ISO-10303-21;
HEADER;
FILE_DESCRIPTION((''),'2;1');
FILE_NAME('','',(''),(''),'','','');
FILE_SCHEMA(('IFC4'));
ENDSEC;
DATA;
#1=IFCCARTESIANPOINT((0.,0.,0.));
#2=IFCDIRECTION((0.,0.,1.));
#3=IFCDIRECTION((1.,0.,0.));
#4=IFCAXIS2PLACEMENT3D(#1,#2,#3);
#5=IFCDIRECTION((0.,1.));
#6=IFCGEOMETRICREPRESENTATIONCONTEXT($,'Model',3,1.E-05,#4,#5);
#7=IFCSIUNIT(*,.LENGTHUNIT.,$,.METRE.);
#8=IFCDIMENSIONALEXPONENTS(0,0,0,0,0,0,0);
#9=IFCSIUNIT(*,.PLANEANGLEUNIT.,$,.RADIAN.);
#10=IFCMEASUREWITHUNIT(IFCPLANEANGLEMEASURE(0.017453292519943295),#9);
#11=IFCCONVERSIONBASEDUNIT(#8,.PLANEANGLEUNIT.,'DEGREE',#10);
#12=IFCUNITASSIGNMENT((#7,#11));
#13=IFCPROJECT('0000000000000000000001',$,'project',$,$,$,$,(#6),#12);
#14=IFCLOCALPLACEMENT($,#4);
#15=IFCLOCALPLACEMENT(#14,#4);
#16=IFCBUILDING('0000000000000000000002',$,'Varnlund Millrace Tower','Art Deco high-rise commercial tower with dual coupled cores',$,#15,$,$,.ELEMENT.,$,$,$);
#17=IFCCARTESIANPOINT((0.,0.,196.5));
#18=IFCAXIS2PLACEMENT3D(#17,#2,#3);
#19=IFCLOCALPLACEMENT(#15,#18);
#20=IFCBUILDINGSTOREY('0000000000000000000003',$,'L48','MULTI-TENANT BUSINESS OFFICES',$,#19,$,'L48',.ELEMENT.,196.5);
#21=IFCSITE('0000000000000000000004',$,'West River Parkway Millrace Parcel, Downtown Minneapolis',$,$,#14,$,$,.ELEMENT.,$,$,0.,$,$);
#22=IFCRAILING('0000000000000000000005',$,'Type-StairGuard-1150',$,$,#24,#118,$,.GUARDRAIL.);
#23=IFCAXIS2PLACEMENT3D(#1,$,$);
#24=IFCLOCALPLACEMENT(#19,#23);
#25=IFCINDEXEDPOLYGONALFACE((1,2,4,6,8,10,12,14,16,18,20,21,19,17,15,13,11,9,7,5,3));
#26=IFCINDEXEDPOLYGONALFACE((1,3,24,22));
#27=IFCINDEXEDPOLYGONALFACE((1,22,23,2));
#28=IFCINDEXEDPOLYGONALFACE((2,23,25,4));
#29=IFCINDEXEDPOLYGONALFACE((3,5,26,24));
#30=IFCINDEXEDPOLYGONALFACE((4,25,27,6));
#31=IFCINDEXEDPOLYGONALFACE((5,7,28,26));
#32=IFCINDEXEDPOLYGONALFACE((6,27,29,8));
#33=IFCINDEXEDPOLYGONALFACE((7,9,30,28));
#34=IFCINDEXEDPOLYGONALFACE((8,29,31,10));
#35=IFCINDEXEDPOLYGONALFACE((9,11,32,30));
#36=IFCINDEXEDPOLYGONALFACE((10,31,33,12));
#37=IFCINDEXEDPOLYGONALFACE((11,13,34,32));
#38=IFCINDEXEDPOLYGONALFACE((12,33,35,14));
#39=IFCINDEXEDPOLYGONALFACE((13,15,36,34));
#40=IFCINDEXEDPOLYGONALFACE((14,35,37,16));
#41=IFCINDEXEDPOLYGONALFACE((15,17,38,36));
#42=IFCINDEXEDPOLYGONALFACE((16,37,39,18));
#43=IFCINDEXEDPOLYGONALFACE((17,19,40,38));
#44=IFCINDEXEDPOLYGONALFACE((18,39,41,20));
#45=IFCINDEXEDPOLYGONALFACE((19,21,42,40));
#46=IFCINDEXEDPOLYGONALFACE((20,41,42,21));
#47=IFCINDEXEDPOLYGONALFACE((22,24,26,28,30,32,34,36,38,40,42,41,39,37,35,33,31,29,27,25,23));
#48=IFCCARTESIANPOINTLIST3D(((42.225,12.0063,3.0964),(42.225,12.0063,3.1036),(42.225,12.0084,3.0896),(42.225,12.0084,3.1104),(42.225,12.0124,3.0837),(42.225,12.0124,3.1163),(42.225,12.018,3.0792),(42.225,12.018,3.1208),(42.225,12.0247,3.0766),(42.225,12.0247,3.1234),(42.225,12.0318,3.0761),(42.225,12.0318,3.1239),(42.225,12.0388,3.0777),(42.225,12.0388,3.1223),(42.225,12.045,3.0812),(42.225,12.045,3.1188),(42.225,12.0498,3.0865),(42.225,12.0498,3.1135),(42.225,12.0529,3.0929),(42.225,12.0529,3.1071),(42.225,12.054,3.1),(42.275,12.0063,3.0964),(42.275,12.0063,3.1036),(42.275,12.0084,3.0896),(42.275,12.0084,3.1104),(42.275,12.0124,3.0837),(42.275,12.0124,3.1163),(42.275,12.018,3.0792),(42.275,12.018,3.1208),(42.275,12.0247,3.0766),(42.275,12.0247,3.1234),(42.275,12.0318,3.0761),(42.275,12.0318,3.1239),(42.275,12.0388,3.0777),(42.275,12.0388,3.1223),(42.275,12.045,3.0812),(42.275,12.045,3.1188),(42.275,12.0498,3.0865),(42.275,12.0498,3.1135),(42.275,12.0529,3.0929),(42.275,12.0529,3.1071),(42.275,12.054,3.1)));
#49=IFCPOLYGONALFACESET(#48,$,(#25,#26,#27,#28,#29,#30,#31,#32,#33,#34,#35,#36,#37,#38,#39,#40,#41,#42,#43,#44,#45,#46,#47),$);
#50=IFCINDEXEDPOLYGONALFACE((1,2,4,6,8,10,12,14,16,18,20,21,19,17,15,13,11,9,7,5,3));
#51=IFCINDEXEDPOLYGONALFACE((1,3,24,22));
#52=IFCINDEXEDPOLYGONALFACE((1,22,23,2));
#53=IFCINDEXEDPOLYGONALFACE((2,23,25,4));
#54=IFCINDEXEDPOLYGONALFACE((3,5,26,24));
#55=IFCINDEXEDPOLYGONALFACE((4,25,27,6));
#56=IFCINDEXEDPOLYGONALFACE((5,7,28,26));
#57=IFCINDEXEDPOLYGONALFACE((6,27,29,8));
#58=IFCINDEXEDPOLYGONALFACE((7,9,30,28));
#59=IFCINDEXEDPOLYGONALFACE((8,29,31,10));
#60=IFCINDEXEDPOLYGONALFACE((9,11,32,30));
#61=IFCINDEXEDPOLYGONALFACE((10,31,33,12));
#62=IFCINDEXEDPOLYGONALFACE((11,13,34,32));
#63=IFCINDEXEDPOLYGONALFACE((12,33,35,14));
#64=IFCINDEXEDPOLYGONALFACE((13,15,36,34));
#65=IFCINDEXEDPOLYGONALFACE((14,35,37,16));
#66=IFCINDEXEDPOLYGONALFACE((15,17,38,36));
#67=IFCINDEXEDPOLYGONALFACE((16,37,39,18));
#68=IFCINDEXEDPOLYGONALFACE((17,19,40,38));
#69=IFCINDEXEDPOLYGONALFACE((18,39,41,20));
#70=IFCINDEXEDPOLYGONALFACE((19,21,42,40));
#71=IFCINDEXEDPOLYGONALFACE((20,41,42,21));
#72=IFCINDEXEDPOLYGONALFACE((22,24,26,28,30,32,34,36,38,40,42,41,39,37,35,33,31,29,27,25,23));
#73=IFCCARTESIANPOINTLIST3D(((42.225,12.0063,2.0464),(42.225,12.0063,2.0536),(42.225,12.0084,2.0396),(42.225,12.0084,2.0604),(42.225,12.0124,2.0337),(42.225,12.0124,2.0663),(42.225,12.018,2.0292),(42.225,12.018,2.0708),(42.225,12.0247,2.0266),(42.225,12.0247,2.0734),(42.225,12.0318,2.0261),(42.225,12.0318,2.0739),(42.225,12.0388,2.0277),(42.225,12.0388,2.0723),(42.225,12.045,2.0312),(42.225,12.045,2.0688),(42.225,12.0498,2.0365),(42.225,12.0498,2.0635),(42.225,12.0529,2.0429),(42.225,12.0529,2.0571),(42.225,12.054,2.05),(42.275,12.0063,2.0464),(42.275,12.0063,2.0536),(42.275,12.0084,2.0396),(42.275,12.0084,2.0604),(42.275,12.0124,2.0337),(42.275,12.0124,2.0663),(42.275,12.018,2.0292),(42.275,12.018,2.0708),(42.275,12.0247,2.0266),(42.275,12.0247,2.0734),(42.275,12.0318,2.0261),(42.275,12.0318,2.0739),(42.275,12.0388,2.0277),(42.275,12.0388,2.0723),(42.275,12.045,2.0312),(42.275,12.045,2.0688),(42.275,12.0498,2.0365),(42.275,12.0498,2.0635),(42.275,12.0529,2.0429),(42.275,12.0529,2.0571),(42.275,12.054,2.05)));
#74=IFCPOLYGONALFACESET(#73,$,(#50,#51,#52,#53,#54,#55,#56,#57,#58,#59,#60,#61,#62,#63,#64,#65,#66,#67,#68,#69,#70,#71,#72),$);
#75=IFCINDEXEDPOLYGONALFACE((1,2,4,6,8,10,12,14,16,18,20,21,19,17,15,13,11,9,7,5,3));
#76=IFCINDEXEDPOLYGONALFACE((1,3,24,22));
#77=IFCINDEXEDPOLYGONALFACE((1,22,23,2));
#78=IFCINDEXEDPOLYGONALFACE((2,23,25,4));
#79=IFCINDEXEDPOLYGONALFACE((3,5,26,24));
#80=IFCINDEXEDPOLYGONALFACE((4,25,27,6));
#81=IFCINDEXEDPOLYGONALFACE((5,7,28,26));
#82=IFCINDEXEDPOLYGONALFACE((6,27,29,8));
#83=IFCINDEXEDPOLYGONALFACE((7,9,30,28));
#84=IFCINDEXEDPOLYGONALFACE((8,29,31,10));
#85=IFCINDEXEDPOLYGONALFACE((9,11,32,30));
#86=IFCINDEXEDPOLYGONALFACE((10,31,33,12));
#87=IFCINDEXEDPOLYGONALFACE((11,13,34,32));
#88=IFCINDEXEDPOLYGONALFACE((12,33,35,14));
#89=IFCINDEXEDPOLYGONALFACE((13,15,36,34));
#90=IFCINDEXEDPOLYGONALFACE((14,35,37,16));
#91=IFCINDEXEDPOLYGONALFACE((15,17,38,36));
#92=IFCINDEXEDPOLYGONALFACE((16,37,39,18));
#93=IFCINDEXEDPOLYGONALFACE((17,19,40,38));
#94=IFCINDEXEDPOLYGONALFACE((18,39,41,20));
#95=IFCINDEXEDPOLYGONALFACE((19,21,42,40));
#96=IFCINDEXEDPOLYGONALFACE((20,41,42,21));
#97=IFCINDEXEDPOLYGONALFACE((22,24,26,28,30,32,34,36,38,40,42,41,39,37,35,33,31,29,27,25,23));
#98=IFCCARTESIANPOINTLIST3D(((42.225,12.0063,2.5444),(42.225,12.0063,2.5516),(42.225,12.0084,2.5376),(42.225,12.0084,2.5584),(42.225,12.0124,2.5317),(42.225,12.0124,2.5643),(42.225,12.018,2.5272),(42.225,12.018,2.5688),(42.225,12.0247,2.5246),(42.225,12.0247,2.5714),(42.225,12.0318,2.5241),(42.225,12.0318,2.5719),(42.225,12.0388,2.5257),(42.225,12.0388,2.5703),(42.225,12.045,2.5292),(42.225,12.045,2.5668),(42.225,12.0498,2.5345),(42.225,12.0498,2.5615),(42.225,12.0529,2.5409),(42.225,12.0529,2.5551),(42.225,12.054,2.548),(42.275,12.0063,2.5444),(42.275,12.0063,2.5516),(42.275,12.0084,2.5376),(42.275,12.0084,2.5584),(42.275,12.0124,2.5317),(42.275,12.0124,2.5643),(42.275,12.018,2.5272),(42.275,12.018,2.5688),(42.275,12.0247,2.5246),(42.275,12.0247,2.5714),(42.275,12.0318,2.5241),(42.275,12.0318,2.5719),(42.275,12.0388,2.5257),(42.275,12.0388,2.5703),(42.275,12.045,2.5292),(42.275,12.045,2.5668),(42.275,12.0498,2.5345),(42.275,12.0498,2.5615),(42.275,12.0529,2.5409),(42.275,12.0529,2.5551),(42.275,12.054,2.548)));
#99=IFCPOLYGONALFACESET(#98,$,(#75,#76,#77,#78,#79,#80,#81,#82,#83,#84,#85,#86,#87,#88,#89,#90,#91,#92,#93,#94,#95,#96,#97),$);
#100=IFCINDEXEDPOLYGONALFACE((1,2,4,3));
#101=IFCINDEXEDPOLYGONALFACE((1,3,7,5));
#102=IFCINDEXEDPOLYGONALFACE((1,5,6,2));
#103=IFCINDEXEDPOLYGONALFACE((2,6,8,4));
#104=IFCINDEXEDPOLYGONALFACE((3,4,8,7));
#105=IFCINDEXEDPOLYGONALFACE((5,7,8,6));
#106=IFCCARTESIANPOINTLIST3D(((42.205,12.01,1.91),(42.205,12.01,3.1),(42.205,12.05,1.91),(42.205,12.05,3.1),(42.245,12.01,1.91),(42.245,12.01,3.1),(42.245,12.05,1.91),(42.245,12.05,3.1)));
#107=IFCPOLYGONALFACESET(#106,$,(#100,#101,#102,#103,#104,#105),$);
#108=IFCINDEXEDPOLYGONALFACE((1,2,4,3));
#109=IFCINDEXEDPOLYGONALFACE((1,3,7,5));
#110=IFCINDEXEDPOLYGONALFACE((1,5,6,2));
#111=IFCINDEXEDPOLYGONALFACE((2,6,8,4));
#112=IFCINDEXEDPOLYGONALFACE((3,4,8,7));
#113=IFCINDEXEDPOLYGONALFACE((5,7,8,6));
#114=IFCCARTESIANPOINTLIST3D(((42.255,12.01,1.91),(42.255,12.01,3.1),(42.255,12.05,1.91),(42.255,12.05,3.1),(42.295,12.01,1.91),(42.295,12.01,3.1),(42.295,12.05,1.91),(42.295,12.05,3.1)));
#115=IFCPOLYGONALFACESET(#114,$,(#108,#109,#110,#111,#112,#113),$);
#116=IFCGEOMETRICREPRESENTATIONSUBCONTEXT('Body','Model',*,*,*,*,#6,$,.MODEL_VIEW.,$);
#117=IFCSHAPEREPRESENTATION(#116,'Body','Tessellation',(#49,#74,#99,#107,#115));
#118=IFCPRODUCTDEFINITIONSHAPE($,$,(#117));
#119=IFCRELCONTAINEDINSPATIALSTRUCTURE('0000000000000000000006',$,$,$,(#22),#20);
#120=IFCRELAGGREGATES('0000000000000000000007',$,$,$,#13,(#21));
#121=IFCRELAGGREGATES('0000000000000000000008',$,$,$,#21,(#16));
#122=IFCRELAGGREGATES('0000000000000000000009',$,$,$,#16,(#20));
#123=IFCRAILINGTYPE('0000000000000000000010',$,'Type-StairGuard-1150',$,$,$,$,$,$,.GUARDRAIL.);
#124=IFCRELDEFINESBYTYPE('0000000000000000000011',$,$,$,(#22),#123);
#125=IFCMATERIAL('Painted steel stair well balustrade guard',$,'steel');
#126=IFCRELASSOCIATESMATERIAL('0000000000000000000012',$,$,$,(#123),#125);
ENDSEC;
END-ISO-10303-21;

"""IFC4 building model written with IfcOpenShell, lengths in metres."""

from ifc_helpers import new_model, entity, si_unit, converted_unit, direction, frame, origin_with_axes, origin_2d_with_axis, place, context, subcontext, project, spatial, rectangle, circle, extrude, material, type_object, element, save


model = new_model("IFC4")

# Units and contexts
model_context = context("Model", 3, precision=1e-05, world=origin_with_axes(), true_north=direction((0.0, 1.0)))
body_context = subcontext(model_context, "Body", "Model", "MODEL_VIEW")
ifc_project = project(units=[si_unit("LENGTHUNIT", "METRE"), converted_unit("PLANEANGLEUNIT", "DEGREE", entity("IfcPlaneAngleMeasure", 0.017453292519943295), si_unit("PLANEANGLEUNIT", "RADIAN"), dimensions=[0, 0, 0, 0, 0, 0, 0])], contexts=[model_context])

# Site, building, storey
site_placement = place(None, origin_with_axes())
site = spatial("IfcSite", under=ifc_project, at=site_placement, Name="West River Parkway Millrace Parcel, Downtown Minneapolis", CompositionType="ELEMENT", RefElevation=0.0)
building_placement = place(site_placement, origin_with_axes())
building = spatial("IfcBuilding", under=site, at=building_placement, Name="Varnlund Millrace Tower", Description="Art Deco high-rise commercial tower with dual coupled cores", CompositionType="ELEMENT")
storey_placement = place(building_placement, frame((0.0, 0.0, 196.5), z_axis=(0.0, 0.0, 1.0), x_axis=(1.0, 0.0, 0.0)))
storey = spatial("IfcBuildingStorey", under=building, at=storey_placement, Name="L48", Description="MULTI-TENANT BUSINESS OFFICES", LongName="L48", CompositionType="ELEMENT", Elevation=196.5)

# Railing
ifc_material_1 = material(Name="Painted steel stair well balustrade guard", Category="steel")
railing_type_1 = type_object("IfcRailingType", Name="Type-StairGuard-1150", PredefinedType="GUARDRAIL", material=ifc_material_1)
railing_1_placement = place(storey_placement, frame((0.0, 0.0, -196.5), z_axis=(0.0, 0.0, 1.0), x_axis=(1.0, 0.0, 0.0)))
element("IfcRailing", 1, at=railing_1_placement, inside=storey, type_object=railing_type_1, Name="Type-StairGuard-1150", PredefinedType="GUARDRAIL", context=body_context, shape_type="SweptSolid", body=[
    extrude(circle(Radius=0.024, at=origin_2d_with_axis()), frame((42.225, 12.03, 199.6), z_axis=(1.0, 0.0, 0.0), x_axis=(0.0, 1.0, 0.0)), (0.0, 0.0, 1.0), 0.05),
    extrude(circle(Radius=0.024, at=origin_2d_with_axis()), frame((42.225, 12.03, 198.55), z_axis=(1.0, 0.0, 0.0), x_axis=(0.0, 1.0, 0.0)), (0.0, 0.0, 1.0), 0.05),
    extrude(circle(Radius=0.024, at=origin_2d_with_axis()), frame((42.225, 12.03, 199.048), z_axis=(1.0, 0.0, 0.0), x_axis=(0.0, 1.0, 0.0)), (0.0, 0.0, 1.0), 0.05),
    extrude(rectangle(XDim=0.04, YDim=0.04, at=origin_2d_with_axis()), frame((42.225, 12.03, 198.41), z_axis=(0.0, 0.0, 1.0), x_axis=(1.0, 0.0, 0.0)), (0.0, 0.0, 1.0), 1.19),
    extrude(rectangle(XDim=0.04, YDim=0.04, at=origin_2d_with_axis()), frame((42.275, 12.03, 198.41), z_axis=(0.0, 0.0, 1.0), x_axis=(1.0, 0.0, 0.0)), (0.0, 0.0, 1.0), 1.19),
])

save(model, "model.ifc")
